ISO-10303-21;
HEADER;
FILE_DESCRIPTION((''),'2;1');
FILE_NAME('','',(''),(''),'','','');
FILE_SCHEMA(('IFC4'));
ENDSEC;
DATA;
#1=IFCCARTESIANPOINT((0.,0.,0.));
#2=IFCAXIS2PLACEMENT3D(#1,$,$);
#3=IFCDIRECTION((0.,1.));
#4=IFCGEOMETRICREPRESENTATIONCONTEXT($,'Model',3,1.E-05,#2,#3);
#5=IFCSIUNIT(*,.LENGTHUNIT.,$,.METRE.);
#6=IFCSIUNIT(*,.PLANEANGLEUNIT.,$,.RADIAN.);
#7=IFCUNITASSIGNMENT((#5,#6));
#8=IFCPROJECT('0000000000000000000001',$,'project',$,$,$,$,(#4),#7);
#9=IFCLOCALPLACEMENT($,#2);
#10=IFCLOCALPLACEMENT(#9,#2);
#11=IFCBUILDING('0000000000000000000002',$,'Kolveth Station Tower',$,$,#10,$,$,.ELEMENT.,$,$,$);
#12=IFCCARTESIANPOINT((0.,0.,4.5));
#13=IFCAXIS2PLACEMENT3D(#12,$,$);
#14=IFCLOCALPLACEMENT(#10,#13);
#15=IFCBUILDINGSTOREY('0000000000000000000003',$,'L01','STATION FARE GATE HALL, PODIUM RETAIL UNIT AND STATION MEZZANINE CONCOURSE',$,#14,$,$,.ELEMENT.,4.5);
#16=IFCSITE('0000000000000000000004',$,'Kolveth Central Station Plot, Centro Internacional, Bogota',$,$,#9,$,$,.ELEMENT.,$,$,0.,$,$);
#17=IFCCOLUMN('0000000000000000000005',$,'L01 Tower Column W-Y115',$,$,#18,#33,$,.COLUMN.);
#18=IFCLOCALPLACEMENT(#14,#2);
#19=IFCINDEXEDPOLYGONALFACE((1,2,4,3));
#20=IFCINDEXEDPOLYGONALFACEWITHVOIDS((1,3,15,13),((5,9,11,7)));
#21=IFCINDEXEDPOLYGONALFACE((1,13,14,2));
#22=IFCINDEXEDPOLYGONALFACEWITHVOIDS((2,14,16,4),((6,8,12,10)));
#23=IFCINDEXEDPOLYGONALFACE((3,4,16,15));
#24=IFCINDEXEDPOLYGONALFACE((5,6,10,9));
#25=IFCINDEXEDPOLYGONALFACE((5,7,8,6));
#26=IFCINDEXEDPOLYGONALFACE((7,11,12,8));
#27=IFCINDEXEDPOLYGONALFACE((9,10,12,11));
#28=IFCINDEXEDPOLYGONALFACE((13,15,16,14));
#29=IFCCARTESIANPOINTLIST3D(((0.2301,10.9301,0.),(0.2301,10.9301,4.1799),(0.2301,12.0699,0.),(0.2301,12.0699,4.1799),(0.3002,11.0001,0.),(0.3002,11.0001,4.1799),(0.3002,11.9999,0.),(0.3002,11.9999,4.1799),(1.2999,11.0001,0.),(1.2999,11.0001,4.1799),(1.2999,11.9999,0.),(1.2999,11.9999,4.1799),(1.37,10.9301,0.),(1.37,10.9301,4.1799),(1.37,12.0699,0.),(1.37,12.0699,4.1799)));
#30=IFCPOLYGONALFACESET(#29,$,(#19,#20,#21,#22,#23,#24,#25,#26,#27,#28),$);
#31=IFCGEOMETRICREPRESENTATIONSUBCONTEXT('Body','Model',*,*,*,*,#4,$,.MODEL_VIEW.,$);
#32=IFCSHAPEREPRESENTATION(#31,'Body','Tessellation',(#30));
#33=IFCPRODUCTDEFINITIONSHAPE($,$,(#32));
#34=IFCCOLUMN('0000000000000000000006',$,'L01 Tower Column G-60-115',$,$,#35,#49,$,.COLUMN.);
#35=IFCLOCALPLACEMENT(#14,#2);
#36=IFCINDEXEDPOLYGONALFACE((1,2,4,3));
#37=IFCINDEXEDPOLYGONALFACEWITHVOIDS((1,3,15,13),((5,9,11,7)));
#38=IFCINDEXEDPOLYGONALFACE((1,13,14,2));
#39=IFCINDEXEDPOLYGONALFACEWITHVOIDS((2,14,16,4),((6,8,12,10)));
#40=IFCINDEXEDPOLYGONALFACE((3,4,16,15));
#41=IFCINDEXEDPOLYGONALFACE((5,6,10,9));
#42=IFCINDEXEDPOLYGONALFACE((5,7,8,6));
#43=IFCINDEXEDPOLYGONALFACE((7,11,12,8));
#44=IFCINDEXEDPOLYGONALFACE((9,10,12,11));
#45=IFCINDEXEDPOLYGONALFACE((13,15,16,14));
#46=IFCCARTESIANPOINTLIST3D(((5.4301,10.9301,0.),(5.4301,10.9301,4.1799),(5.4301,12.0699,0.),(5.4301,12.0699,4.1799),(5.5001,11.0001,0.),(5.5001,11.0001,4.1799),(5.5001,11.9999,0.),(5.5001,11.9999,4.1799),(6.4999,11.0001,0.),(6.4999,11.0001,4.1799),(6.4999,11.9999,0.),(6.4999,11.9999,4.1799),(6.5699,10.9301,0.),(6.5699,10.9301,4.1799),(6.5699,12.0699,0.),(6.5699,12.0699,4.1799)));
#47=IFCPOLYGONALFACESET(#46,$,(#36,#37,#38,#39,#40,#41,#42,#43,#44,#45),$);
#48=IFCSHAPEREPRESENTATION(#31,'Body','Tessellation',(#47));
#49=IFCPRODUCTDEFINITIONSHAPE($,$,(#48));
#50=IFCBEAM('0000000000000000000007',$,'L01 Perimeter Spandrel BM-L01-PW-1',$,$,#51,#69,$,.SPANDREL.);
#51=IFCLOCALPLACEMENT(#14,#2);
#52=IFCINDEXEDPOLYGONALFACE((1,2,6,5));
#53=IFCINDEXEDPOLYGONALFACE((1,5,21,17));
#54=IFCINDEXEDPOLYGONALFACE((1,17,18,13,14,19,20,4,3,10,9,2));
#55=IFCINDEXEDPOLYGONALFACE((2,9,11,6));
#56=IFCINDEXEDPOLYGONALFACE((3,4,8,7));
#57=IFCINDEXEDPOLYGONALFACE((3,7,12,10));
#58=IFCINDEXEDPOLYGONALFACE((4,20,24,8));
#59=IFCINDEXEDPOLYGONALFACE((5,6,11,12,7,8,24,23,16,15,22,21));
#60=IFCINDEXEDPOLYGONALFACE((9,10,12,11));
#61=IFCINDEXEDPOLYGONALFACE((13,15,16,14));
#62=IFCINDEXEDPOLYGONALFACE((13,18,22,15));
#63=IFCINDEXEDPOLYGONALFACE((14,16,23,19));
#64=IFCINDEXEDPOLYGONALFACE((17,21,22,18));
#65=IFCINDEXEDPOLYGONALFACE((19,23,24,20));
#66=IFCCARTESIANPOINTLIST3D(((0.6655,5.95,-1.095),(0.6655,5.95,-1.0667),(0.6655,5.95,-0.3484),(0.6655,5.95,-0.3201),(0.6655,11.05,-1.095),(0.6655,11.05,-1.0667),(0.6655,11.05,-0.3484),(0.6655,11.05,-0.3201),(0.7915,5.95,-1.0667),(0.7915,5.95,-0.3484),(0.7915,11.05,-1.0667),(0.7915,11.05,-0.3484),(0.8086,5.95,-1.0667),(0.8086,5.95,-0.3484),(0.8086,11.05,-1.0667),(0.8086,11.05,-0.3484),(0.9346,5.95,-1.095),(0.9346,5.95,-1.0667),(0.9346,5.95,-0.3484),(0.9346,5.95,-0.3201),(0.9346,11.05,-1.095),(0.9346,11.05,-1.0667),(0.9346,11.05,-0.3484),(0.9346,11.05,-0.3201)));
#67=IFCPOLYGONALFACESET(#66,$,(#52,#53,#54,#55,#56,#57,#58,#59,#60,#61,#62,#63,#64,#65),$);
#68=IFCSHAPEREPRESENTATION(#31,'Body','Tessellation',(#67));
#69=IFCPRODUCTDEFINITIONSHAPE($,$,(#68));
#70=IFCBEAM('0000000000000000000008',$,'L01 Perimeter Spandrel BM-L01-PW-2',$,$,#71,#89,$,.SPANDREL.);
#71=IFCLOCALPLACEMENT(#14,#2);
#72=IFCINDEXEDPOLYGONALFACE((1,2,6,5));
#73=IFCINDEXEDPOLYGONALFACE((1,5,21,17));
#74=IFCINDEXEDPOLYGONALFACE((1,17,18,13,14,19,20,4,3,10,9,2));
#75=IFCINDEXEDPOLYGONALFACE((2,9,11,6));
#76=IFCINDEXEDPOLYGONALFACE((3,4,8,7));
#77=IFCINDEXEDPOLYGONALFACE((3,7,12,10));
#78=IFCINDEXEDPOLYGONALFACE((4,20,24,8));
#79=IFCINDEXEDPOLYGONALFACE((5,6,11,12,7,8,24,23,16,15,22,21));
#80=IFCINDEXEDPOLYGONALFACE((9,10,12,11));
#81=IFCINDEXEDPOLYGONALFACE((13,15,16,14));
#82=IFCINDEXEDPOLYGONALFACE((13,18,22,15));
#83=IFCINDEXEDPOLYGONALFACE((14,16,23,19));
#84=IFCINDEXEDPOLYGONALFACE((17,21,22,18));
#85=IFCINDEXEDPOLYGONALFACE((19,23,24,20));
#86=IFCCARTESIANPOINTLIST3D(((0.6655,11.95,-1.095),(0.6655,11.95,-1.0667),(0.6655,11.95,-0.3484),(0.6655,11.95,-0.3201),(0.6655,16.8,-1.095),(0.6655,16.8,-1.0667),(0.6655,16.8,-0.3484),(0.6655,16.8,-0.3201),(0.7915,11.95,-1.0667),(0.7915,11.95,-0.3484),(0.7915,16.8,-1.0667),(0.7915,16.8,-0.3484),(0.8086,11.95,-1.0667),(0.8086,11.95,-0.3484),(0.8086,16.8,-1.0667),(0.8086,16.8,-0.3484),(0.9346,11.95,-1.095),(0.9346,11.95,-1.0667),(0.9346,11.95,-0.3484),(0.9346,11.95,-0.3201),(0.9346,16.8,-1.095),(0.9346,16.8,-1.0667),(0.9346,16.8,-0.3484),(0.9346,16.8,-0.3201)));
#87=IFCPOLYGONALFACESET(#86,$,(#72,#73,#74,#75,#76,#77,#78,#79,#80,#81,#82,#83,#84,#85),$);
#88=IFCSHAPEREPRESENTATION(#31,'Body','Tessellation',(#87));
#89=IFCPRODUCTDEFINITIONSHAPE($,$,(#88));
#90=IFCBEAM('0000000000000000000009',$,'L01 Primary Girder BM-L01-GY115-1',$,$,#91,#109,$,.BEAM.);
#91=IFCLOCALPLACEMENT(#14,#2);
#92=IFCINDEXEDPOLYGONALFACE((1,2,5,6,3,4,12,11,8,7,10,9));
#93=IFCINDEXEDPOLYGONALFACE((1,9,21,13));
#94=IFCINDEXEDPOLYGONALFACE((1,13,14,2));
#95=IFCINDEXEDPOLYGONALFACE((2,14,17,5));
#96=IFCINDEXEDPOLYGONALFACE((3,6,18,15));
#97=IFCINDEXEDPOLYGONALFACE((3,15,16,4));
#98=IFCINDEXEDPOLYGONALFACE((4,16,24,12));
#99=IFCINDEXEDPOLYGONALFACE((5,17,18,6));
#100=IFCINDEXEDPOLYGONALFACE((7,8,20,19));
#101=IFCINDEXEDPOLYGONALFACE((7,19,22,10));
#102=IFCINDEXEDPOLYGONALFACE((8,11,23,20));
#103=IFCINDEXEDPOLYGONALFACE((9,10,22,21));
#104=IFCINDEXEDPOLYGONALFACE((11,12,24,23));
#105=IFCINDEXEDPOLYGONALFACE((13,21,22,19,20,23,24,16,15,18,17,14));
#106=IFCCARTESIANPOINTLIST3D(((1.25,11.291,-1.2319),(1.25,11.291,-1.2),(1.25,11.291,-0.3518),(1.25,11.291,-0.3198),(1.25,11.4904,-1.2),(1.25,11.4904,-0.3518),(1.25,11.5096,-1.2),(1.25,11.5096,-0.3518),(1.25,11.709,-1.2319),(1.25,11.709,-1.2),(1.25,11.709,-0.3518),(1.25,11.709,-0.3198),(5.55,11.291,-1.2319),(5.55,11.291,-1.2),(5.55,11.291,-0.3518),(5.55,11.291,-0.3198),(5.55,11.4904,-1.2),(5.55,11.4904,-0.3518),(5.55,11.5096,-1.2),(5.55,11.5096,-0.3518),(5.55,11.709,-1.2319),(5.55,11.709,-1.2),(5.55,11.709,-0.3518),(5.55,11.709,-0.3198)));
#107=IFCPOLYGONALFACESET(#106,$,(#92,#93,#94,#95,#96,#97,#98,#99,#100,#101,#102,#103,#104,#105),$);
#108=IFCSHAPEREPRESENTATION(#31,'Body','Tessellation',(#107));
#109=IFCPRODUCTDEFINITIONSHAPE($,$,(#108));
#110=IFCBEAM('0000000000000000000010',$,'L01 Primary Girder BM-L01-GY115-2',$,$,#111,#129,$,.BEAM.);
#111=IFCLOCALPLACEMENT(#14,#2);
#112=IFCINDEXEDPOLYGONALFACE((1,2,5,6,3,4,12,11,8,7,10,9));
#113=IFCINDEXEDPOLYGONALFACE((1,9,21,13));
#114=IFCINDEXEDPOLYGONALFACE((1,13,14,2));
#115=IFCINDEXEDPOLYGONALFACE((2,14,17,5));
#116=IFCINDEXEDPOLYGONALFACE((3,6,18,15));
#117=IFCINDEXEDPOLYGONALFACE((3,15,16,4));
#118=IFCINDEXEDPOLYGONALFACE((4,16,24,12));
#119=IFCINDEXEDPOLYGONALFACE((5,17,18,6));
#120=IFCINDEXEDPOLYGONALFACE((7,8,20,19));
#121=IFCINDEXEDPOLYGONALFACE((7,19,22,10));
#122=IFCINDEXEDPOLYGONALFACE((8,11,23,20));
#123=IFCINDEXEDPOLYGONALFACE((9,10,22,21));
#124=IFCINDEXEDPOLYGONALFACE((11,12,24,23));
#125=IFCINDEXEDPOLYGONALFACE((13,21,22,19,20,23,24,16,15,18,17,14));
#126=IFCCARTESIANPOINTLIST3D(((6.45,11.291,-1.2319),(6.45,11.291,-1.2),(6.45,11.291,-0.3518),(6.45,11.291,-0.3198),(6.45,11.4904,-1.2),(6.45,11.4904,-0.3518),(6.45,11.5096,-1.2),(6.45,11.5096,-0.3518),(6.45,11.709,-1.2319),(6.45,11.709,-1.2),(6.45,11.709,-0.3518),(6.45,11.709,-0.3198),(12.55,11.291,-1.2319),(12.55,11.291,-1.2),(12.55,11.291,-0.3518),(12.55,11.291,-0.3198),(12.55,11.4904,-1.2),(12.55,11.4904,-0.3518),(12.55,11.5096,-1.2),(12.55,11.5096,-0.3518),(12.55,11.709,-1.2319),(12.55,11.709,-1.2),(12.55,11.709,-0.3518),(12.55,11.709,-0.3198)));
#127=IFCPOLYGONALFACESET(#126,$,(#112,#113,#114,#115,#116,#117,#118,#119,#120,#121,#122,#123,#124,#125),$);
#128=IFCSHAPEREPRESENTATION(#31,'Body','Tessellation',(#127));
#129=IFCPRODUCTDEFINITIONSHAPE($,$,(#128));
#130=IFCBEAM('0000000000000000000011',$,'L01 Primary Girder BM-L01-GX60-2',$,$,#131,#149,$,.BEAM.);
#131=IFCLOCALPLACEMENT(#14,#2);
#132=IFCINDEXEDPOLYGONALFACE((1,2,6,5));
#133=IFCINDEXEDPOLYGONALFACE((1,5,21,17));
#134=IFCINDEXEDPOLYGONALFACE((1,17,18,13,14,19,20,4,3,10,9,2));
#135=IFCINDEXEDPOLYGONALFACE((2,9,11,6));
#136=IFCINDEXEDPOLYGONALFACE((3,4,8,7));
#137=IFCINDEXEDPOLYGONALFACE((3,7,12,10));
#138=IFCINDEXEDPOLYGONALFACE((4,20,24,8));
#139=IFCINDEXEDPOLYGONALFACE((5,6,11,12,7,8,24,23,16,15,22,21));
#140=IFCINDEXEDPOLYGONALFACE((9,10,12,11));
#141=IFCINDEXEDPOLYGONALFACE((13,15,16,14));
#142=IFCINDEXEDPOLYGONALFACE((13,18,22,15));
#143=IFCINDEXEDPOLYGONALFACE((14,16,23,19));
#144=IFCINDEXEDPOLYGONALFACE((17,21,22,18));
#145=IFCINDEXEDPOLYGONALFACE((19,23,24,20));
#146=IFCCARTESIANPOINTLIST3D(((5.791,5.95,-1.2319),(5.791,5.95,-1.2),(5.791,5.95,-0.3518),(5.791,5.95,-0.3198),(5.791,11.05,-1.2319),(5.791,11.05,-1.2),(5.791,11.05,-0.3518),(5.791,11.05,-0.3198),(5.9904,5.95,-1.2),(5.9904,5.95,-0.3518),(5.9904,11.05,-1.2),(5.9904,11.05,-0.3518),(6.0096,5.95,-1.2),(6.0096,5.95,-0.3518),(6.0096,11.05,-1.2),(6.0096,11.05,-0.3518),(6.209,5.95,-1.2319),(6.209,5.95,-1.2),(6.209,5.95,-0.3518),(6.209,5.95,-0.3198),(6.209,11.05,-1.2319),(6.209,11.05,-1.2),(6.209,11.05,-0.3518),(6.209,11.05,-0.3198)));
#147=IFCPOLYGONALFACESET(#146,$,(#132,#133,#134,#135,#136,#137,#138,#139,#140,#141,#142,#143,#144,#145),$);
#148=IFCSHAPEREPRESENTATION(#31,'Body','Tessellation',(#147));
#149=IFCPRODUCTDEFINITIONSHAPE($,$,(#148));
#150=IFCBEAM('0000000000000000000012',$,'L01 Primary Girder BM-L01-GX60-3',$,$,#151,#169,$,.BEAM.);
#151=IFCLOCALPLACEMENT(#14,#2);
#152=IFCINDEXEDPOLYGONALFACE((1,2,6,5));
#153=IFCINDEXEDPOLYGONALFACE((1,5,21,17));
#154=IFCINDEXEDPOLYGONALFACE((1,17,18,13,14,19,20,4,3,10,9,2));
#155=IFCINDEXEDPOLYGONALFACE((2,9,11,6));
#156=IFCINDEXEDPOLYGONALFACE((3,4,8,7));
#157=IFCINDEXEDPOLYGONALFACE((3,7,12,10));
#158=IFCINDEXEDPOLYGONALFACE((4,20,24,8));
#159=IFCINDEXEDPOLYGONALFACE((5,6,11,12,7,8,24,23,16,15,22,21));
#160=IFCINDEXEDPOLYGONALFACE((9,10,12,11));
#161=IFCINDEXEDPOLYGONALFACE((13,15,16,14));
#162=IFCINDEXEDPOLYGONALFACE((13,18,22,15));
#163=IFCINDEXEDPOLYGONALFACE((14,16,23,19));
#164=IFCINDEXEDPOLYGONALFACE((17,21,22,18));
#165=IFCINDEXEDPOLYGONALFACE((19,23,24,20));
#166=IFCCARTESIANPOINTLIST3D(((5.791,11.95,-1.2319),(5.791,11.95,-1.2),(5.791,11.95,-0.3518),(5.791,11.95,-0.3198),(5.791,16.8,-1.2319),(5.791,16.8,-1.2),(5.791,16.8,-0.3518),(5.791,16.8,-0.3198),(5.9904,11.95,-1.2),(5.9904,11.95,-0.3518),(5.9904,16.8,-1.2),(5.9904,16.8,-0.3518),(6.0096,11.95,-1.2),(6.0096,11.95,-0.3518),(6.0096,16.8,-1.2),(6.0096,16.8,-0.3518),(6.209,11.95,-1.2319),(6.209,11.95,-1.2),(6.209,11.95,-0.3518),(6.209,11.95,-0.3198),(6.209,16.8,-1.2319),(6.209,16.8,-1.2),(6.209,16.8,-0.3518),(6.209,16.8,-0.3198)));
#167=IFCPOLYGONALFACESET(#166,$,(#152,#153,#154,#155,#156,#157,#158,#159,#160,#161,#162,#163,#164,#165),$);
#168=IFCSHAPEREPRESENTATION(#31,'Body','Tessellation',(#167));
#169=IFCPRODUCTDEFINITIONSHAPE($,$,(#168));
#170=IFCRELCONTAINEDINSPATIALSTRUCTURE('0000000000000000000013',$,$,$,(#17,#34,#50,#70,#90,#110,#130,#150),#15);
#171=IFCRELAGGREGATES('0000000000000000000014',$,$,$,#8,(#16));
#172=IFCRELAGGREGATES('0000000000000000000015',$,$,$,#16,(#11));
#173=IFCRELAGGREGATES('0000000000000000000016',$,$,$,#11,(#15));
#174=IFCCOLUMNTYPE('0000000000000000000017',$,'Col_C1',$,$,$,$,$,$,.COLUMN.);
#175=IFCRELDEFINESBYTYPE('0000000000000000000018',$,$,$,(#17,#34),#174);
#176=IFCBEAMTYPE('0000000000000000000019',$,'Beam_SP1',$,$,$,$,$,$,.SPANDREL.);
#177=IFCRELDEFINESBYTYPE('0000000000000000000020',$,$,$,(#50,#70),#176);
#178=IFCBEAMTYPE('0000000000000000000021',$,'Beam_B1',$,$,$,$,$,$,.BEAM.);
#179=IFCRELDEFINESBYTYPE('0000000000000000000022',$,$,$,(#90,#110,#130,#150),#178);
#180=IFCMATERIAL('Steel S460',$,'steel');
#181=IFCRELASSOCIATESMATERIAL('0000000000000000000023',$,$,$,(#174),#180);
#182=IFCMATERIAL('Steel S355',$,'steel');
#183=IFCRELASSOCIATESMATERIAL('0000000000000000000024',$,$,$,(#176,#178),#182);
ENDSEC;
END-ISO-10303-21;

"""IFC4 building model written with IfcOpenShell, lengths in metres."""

from ifc_helpers import new_model, si_unit, direction, frame, origin, origin_2d, place, context, subcontext, project, spatial, hollow_rectangle, i_section, extrude, source, transform, mapped, material, material_profile, profile_set, type_object, element, save


model = new_model("IFC4")

# Units and contexts
model_context = context("Model", 3, precision=1e-05, world=origin(), true_north=direction((0.0, 1.0)))
body_context = subcontext(model_context, "Body", "Model", "MODEL_VIEW")
ifc_project = project(units=[si_unit("LENGTHUNIT", "METRE"), si_unit("PLANEANGLEUNIT", "RADIAN")], contexts=[model_context])

# Site, building, storey
site_placement = place(None, origin())
site = spatial("IfcSite", under=ifc_project, at=site_placement, Name="Kolveth Central Station Plot, Centro Internacional, Bogota", CompositionType="ELEMENT", RefElevation=0.0)
building_placement = place(site_placement, origin())
building = spatial("IfcBuilding", under=site, at=building_placement, Name="Kolveth Station Tower", CompositionType="ELEMENT")
storey_placement = place(building_placement, frame((0.0, 0.0, 4.5)))
storey = spatial("IfcBuildingStorey", under=building, at=storey_placement, Name="L01", Description="STATION FARE GATE HALL, PODIUM RETAIL UNIT AND STATION MEZZANINE CONCOURSE", CompositionType="ELEMENT", Elevation=4.5)

# Columns
ifc_material_1 = material(Name="Steel S460", Category="steel")
ifc_material_profile_1 = material_profile(ifc_material_1, hollow_rectangle(XDim=1.1399, YDim=1.1399, WallThickness=0.0701, at=origin_2d()), Name="BOX1140x1140x70")
ifc_profile_set_1 = profile_set([ifc_material_profile_1], Name="Steel S460")
column_type = type_object("IfcColumnType", Name="Col_C1", PredefinedType="COLUMN", material=ifc_profile_set_1)
shared_shape_1 = source(origin(), body_context, "Body", "SweptSolid", [
    extrude(hollow_rectangle(XDim=1.1399, YDim=1.1399, WallThickness=0.0701, at=origin_2d()), origin(), (0.0, 0.0, 1.0), 4.1799),
])
for number, where, z_axis, x_axis, name in (
    (1, (0.8, 11.5, 0.0), (0.0, 0.0, 1.0), (1.0, 0.0, 0.0), "L01 Tower Column W-Y115"),
    (2, (6.0, 11.5, 0.0), (0.0, 0.0, 1.0), (1.0, 0.0, 0.0), "L01 Tower Column G-60-115"),
):
    element("IfcColumn", number, at=place(storey_placement, frame(where, z_axis=z_axis, x_axis=x_axis)), inside=storey, type_object=column_type, Name=name, PredefinedType="COLUMN", context=body_context, shape_type="MappedRepresentation", body=[
        mapped(shared_shape_1, transform((0.0, 0.0, 0.0), x_axis=(1.0, 0.0, 0.0), y_axis=(0.0, 1.0, 0.0), z_axis=(0.0, 0.0, 1.0), scale=1.0)),
    ])

# Beams
ifc_material_2 = material(Name="Steel S355", Category="steel")
ifc_material_profile_2 = material_profile(ifc_material_2, i_section(OverallWidth=0.269, OverallDepth=0.7749, WebThickness=0.0171, FlangeThickness=0.0283, at=origin_2d()), Name="W760x220")
ifc_profile_set_2 = profile_set([ifc_material_profile_2], Name="Steel S355")
beam_type_1 = type_object("IfcBeamType", Name="Beam_SP1", PredefinedType="SPANDREL", material=ifc_profile_set_2)
shared_shape_2 = source(origin(), body_context, "Body", "SweptSolid", [
    extrude(i_section(OverallWidth=0.269, OverallDepth=0.7749, WebThickness=0.0171, FlangeThickness=0.0283, at=origin_2d()), origin(), (0.0, 0.0, 1.0), 5.1001),
])
beam_1_placement = place(storey_placement, frame((0.8, 5.95, -0.7075), z_axis=(0.0, 1.0, 0.0), x_axis=(-1.0, 0.0, 0.0)))
element("IfcBeam", 3, at=beam_1_placement, inside=storey, type_object=beam_type_1, Name="L01 Perimeter Spandrel BM-L01-PW-1", PredefinedType="SPANDREL", context=body_context, shape_type="MappedRepresentation", body=[
    mapped(shared_shape_2, transform((0.0, 0.0, 0.0), x_axis=(1.0, 0.0, 0.0), y_axis=(0.0, 1.0, 0.0), z_axis=(0.0, 0.0, 1.0), scale=1.0)),
])
shared_shape_3 = source(origin(), body_context, "Body", "SweptSolid", [
    extrude(i_section(OverallWidth=0.269, OverallDepth=0.7749, WebThickness=0.0171, FlangeThickness=0.0283, at=origin_2d()), origin(), (0.0, 0.0, 1.0), 4.8501),
])
beam_2_placement = place(storey_placement, frame((0.8, 11.95, -0.7075), z_axis=(0.0, 1.0, 0.0), x_axis=(-1.0, 0.0, 0.0)))
element("IfcBeam", 4, at=beam_2_placement, inside=storey, type_object=beam_type_1, Name="L01 Perimeter Spandrel BM-L01-PW-2", PredefinedType="SPANDREL", context=body_context, shape_type="MappedRepresentation", body=[
    mapped(shared_shape_3, transform((0.0, 0.0, 0.0), x_axis=(1.0, 0.0, 0.0), y_axis=(0.0, 1.0, 0.0), z_axis=(0.0, 0.0, 1.0), scale=1.0)),
])
ifc_material_profile_3 = material_profile(ifc_material_2, i_section(OverallWidth=0.418, OverallDepth=0.9121, WebThickness=0.0193, FlangeThickness=0.032, at=origin_2d()), Name="W920x342")
ifc_profile_set_3 = profile_set([ifc_material_profile_3], Name="Steel S355")
beam_type_2 = type_object("IfcBeamType", Name="Beam_B1", PredefinedType="BEAM", material=ifc_profile_set_3)
shared_shape_4 = source(origin(), body_context, "Body", "SweptSolid", [
    extrude(i_section(OverallWidth=0.418, OverallDepth=0.9121, WebThickness=0.0193, FlangeThickness=0.032, at=origin_2d()), origin(), (0.0, 0.0, 1.0), 4.3),
])
beam_3_placement = place(storey_placement, frame((1.25, 11.5, -0.7759), z_axis=(1.0, 0.0, 0.0), x_axis=(0.0, 1.0, 0.0)))
element("IfcBeam", 5, at=beam_3_placement, inside=storey, type_object=beam_type_2, Name="L01 Primary Girder BM-L01-GY115-1", PredefinedType="BEAM", context=body_context, shape_type="MappedRepresentation", body=[
    mapped(shared_shape_4, transform((0.0, 0.0, 0.0), x_axis=(1.0, 0.0, 0.0), y_axis=(0.0, 1.0, 0.0), z_axis=(0.0, 0.0, 1.0), scale=1.0)),
])
shared_shape_5 = source(origin(), body_context, "Body", "SweptSolid", [
    extrude(i_section(OverallWidth=0.418, OverallDepth=0.9121, WebThickness=0.0193, FlangeThickness=0.032, at=origin_2d()), origin(), (0.0, 0.0, 1.0), 6.1001),
])
beam_4_placement = place(storey_placement, frame((6.45, 11.5, -0.7759), z_axis=(1.0, 0.0, 0.0), x_axis=(0.0, 1.0, 0.0)))
element("IfcBeam", 6, at=beam_4_placement, inside=storey, type_object=beam_type_2, Name="L01 Primary Girder BM-L01-GY115-2", PredefinedType="BEAM", context=body_context, shape_type="MappedRepresentation", body=[
    mapped(shared_shape_5, transform((0.0, 0.0, 0.0), x_axis=(1.0, 0.0, 0.0), y_axis=(0.0, 1.0, 0.0), z_axis=(0.0, 0.0, 1.0), scale=1.0)),
])
shared_shape_6 = source(origin(), body_context, "Body", "SweptSolid", [
    extrude(i_section(OverallWidth=0.418, OverallDepth=0.9121, WebThickness=0.0193, FlangeThickness=0.032, at=origin_2d()), origin(), (0.0, 0.0, 1.0), 5.1001),
])
beam_5_placement = place(storey_placement, frame((6.0, 5.95, -0.7759), z_axis=(0.0, 1.0, 0.0), x_axis=(-1.0, 0.0, 0.0)))
element("IfcBeam", 7, at=beam_5_placement, inside=storey, type_object=beam_type_2, Name="L01 Primary Girder BM-L01-GX60-2", PredefinedType="BEAM", context=body_context, shape_type="MappedRepresentation", body=[
    mapped(shared_shape_6, transform((0.0, 0.0, 0.0), x_axis=(1.0, 0.0, 0.0), y_axis=(0.0, 1.0, 0.0), z_axis=(0.0, 0.0, 1.0), scale=1.0)),
])
shared_shape_7 = source(origin(), body_context, "Body", "SweptSolid", [
    extrude(i_section(OverallWidth=0.418, OverallDepth=0.9121, WebThickness=0.0193, FlangeThickness=0.032, at=origin_2d()), origin(), (0.0, 0.0, 1.0), 4.8501),
])
beam_6_placement = place(storey_placement, frame((6.0, 11.95, -0.7759), z_axis=(0.0, 1.0, 0.0), x_axis=(-1.0, 0.0, 0.0)))
element("IfcBeam", 8, at=beam_6_placement, inside=storey, type_object=beam_type_2, Name="L01 Primary Girder BM-L01-GX60-3", PredefinedType="BEAM", context=body_context, shape_type="MappedRepresentation", body=[
    mapped(shared_shape_7, transform((0.0, 0.0, 0.0), x_axis=(1.0, 0.0, 0.0), y_axis=(0.0, 1.0, 0.0), z_axis=(0.0, 0.0, 1.0), scale=1.0)),
])

save(model, "model.ifc")
